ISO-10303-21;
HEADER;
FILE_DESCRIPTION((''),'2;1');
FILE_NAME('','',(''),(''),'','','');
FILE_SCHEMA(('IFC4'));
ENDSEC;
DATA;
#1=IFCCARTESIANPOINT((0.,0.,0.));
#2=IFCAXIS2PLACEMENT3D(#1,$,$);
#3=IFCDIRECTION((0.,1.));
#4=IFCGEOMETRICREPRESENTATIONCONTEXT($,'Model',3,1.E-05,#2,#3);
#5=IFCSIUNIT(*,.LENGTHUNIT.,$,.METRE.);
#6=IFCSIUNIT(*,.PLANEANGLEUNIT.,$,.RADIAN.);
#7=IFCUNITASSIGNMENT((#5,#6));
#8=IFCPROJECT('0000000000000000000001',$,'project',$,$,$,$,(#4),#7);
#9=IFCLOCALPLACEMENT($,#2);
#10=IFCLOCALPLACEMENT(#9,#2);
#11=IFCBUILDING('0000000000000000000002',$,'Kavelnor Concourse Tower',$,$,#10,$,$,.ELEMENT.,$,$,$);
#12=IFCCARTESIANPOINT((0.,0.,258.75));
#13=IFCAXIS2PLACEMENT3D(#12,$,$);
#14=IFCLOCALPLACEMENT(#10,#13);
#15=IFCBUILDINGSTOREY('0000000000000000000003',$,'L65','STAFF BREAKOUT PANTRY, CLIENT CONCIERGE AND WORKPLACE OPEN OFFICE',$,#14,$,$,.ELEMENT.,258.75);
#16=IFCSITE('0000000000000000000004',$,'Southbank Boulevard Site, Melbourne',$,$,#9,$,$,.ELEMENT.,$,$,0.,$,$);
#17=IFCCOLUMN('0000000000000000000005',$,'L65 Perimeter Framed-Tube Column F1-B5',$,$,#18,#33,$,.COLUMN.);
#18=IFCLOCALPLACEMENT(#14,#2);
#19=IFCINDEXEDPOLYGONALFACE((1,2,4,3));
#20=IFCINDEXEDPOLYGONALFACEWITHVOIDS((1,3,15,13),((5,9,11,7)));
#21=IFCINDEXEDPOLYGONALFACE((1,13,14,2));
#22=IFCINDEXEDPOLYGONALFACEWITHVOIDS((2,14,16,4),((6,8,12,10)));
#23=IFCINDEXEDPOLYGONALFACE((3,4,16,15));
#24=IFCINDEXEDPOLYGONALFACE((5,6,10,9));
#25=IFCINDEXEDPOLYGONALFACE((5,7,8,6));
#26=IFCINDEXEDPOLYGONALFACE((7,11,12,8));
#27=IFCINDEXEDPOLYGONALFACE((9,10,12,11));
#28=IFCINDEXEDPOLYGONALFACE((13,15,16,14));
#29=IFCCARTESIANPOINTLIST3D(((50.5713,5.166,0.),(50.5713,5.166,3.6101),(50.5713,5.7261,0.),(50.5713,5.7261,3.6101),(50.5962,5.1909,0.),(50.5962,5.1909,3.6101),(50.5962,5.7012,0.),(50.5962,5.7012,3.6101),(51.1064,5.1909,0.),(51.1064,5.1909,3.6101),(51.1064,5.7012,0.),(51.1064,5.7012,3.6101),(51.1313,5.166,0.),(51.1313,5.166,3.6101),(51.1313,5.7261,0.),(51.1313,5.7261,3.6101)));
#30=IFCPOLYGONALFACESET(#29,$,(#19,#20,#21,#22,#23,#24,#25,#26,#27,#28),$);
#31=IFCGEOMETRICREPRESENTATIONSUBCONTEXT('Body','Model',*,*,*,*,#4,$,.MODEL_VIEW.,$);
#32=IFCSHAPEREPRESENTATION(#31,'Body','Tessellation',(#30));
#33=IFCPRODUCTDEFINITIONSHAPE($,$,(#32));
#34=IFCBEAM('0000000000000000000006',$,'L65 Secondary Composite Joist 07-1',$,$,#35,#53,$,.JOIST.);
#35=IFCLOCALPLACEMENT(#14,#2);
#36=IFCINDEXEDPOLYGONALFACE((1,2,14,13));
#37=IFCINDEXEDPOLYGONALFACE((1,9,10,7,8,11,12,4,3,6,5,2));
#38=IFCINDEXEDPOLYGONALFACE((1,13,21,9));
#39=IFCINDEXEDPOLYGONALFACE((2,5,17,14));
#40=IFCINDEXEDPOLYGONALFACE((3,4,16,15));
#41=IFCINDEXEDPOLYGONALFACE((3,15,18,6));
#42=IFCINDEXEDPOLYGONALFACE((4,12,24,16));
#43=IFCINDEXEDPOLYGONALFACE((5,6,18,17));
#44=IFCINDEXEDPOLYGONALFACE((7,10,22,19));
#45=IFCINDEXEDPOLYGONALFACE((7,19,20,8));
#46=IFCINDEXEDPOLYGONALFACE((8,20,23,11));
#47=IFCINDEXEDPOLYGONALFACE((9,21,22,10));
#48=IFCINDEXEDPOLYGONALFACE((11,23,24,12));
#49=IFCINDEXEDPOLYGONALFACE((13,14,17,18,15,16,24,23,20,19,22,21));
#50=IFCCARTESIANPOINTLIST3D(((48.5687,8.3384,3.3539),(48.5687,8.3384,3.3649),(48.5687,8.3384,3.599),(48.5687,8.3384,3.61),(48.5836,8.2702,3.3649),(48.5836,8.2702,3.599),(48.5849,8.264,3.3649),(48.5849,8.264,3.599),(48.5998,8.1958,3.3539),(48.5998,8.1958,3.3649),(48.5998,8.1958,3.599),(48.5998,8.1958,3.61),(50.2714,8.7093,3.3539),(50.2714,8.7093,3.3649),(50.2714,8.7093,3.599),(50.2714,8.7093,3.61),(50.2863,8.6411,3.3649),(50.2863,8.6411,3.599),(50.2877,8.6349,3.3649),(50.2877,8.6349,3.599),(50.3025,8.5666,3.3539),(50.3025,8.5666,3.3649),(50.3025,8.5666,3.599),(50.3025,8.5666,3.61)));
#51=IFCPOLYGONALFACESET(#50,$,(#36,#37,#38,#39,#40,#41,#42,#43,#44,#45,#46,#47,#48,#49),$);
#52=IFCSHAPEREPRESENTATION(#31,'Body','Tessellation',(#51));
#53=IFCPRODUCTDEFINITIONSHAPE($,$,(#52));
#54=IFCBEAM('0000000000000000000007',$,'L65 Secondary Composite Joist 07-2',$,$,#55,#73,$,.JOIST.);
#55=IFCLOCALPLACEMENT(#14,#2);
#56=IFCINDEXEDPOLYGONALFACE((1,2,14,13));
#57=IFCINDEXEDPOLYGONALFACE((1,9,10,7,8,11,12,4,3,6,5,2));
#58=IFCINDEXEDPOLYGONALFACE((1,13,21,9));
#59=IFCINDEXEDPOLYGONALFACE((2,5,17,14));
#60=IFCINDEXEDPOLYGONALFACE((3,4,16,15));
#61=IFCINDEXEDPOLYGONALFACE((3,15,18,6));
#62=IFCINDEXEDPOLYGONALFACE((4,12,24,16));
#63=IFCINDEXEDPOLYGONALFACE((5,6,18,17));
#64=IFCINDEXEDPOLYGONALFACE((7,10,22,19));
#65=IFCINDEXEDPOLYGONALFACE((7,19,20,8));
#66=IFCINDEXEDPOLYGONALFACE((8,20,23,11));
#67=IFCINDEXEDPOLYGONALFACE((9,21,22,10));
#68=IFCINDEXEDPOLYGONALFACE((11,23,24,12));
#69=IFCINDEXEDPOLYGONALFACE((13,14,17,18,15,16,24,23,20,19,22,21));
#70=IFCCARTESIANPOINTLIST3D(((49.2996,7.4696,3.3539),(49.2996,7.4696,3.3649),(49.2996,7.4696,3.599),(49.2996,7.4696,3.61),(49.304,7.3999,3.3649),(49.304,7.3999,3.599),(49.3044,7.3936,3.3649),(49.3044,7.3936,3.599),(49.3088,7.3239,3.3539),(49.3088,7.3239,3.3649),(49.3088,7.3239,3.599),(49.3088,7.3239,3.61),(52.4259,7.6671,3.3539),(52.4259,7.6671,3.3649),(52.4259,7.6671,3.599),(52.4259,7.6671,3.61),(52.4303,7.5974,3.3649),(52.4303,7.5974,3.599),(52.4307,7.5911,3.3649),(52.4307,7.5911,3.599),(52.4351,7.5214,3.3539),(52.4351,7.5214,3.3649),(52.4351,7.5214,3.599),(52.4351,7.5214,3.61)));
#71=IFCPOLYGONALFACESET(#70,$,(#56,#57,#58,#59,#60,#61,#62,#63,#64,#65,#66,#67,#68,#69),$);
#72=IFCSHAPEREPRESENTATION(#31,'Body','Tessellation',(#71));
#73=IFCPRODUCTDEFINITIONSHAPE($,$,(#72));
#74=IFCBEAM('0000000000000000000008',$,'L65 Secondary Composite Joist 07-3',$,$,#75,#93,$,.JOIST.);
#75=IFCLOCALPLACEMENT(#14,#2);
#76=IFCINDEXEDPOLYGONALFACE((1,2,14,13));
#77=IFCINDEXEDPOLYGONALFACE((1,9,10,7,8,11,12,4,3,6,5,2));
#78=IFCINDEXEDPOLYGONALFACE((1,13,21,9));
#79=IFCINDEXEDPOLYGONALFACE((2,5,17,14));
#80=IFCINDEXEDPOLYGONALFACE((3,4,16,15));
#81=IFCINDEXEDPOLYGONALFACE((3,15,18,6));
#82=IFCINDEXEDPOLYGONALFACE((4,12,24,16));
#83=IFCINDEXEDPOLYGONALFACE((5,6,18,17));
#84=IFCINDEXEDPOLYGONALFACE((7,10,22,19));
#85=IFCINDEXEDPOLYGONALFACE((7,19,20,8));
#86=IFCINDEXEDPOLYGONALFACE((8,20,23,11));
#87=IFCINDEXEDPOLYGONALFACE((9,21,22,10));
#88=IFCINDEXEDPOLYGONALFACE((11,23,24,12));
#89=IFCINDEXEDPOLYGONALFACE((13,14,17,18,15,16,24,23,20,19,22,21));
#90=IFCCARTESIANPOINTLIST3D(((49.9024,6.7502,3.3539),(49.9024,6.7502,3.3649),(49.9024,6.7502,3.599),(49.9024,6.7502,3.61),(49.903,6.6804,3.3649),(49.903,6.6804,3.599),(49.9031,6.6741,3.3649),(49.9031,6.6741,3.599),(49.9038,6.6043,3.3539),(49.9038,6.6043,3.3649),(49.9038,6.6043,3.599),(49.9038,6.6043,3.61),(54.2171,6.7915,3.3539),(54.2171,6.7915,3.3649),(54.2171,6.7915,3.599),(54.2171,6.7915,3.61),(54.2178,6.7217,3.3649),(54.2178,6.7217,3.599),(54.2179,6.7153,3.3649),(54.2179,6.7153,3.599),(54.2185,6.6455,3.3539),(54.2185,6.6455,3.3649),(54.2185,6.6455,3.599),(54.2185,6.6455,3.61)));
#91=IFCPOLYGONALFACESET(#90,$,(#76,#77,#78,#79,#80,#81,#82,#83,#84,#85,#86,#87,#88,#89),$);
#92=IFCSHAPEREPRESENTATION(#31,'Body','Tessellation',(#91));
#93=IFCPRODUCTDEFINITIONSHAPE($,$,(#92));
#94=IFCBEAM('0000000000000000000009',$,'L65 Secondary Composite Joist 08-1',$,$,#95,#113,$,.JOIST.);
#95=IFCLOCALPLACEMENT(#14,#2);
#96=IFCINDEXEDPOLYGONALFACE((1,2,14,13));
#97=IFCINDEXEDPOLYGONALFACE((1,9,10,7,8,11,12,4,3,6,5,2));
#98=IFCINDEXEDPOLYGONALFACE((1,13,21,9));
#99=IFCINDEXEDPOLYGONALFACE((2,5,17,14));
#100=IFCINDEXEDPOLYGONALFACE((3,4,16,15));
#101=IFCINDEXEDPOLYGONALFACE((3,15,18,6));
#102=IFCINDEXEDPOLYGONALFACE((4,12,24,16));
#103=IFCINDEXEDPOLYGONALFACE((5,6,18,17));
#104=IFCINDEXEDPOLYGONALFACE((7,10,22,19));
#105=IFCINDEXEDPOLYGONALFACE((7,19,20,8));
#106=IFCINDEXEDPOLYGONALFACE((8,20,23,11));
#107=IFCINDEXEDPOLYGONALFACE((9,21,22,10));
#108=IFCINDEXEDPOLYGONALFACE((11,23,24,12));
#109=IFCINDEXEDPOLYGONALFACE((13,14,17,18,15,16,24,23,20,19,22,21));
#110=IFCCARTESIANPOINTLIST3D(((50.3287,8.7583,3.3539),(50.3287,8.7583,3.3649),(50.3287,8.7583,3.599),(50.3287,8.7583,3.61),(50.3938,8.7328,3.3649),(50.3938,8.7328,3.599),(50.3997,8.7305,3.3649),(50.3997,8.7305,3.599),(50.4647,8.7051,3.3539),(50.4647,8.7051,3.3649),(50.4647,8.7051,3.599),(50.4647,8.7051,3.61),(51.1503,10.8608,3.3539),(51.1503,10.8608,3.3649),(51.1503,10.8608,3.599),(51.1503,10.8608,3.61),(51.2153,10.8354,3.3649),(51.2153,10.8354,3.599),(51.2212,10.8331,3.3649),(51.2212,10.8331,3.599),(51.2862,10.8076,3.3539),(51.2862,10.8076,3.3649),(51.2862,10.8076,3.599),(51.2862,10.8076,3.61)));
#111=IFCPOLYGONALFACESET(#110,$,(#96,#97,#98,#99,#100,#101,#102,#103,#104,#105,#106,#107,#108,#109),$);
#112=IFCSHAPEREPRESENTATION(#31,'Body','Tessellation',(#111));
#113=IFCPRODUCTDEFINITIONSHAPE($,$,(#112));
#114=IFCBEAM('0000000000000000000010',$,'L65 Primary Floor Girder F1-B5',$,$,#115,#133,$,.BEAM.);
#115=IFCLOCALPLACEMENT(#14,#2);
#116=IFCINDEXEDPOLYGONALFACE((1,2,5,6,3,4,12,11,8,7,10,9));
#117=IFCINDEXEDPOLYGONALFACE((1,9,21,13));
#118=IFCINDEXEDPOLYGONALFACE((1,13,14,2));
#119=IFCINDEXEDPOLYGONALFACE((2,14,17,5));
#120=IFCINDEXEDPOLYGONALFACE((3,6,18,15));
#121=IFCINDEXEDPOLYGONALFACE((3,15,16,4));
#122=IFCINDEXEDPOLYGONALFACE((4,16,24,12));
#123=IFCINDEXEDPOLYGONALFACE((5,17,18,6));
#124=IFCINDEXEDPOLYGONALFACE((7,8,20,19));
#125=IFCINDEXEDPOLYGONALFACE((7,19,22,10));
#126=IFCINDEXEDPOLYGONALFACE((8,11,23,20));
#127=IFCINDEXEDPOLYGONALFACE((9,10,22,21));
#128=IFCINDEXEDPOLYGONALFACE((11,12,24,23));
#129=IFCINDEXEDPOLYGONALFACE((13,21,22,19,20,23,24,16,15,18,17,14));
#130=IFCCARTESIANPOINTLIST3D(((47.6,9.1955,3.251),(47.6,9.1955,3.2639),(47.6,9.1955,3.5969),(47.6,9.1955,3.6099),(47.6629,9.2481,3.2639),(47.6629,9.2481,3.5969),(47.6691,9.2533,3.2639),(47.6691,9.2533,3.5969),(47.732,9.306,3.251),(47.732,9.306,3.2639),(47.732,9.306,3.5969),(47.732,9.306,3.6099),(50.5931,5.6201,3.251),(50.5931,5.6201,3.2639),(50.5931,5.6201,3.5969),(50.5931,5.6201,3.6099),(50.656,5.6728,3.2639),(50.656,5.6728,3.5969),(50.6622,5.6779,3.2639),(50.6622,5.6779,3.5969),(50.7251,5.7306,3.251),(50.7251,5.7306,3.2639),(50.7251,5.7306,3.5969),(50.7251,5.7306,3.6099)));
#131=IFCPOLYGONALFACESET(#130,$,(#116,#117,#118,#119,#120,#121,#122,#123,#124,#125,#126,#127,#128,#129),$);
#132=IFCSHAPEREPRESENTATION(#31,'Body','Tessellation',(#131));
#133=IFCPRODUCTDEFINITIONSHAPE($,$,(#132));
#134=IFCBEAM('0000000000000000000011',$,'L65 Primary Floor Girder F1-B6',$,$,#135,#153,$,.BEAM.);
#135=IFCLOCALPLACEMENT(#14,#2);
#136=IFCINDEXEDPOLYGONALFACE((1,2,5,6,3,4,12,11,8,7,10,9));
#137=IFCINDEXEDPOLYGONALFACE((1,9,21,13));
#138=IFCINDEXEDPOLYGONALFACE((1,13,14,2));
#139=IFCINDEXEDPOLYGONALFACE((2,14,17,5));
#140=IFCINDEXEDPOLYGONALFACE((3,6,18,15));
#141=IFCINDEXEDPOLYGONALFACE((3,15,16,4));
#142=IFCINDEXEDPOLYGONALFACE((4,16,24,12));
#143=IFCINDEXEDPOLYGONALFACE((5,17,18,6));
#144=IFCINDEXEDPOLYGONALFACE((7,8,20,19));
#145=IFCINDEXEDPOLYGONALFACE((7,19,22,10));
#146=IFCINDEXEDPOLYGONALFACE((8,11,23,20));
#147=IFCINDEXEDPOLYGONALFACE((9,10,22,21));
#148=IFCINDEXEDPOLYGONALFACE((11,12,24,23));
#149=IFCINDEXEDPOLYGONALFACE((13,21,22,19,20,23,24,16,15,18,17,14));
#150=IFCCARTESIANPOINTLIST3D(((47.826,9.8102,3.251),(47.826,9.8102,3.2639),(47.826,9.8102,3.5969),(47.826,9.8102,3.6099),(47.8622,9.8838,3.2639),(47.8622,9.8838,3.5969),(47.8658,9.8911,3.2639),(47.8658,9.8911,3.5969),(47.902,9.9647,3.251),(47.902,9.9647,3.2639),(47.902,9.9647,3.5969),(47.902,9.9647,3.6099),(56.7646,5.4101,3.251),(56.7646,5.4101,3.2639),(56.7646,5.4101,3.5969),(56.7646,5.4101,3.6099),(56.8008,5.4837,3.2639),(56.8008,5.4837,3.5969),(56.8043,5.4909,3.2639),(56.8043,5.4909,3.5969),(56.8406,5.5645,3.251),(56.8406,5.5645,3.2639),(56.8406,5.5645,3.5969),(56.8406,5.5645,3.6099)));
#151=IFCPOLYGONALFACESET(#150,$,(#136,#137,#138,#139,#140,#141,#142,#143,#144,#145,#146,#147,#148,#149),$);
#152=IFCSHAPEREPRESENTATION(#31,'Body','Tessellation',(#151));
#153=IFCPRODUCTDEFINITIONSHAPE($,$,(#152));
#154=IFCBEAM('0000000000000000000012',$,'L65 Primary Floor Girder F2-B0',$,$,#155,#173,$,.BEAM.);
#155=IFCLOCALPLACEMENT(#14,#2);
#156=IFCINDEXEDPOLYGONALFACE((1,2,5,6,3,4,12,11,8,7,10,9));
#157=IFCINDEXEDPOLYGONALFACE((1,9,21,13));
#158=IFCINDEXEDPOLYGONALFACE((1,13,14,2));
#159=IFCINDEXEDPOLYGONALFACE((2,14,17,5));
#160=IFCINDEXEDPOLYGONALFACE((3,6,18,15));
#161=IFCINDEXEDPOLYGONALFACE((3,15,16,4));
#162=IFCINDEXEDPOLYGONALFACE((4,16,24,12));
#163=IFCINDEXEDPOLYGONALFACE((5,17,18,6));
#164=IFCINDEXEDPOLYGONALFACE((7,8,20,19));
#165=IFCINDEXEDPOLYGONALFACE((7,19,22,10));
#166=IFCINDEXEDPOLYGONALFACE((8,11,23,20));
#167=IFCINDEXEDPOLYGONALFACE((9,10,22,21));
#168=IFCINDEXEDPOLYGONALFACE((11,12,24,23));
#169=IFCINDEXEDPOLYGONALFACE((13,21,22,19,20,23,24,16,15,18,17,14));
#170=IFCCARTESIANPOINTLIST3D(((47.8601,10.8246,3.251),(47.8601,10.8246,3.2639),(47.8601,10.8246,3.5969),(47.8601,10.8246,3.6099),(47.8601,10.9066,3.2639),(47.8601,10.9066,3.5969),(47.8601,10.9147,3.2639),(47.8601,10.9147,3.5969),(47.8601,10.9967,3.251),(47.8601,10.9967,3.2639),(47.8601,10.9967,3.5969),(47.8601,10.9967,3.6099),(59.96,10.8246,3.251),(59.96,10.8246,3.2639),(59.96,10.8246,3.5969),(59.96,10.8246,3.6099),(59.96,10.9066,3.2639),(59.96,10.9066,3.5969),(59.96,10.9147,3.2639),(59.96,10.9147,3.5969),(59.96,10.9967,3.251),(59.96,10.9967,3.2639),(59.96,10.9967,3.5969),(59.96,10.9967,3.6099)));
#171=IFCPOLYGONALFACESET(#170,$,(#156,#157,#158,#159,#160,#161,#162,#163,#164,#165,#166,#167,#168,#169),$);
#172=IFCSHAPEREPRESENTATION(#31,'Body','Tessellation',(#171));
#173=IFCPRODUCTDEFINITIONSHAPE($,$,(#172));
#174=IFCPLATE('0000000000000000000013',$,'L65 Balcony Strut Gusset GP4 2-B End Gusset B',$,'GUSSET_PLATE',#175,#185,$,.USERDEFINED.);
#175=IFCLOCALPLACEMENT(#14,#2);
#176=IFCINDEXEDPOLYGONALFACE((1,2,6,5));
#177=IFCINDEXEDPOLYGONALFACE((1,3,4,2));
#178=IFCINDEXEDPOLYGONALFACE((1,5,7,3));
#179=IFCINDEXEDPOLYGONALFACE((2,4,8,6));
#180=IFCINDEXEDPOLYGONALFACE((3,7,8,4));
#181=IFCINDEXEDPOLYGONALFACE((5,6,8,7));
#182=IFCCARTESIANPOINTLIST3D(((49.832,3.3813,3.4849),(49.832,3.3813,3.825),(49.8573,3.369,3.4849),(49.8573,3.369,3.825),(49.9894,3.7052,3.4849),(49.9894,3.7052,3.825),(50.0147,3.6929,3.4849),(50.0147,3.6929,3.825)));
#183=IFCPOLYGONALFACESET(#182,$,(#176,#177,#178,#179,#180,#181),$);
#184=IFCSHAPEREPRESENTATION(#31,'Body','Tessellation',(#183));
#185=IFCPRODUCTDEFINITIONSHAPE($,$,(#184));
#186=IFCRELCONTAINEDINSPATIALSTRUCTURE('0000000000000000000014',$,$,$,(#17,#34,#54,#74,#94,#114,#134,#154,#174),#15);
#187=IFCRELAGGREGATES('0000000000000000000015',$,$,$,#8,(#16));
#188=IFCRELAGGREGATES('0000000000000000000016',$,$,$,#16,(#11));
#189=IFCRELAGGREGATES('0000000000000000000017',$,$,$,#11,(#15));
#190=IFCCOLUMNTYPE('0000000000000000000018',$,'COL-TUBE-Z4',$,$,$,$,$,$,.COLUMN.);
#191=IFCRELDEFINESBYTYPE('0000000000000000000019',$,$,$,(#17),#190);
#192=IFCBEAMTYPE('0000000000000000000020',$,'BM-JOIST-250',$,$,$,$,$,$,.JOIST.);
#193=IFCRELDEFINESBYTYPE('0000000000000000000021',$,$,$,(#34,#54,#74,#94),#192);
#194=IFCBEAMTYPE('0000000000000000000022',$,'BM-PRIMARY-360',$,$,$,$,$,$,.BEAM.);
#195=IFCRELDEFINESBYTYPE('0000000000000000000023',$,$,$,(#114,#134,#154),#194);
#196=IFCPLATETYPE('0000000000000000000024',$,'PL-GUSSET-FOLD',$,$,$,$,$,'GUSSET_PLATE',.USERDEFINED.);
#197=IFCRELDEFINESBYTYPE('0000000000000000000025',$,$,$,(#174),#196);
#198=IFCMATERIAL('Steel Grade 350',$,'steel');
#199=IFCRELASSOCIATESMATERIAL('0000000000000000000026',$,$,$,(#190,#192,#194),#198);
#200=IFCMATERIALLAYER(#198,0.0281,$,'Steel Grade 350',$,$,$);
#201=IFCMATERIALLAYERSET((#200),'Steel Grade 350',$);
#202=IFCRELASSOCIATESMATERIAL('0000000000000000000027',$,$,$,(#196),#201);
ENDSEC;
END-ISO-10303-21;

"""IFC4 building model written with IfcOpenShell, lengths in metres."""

from ifc_helpers import new_model, si_unit, direction, frame, origin, origin_2d, place, context, subcontext, project, spatial, rectangle, hollow_rectangle, i_section, extrude, material, layer, layer_set, material_profile, profile_set, type_object, element, save


model = new_model("IFC4")

# Units and contexts
model_context = context("Model", 3, precision=1e-05, world=origin(), true_north=direction((0.0, 1.0)))
body_context = subcontext(model_context, "Body", "Model", "MODEL_VIEW")
ifc_project = project(units=[si_unit("LENGTHUNIT", "METRE"), si_unit("PLANEANGLEUNIT", "RADIAN")], contexts=[model_context])

# Site, building, storey
site_placement = place(None, origin())
site = spatial("IfcSite", under=ifc_project, at=site_placement, Name="Southbank Boulevard Site, Melbourne", CompositionType="ELEMENT", RefElevation=0.0)
building_placement = place(site_placement, origin())
building = spatial("IfcBuilding", under=site, at=building_placement, Name="Kavelnor Concourse Tower", CompositionType="ELEMENT")
storey_placement = place(building_placement, frame((0.0, 0.0, 258.75)))
storey = spatial("IfcBuildingStorey", under=building, at=storey_placement, Name="L65", Description="STAFF BREAKOUT PANTRY, CLIENT CONCIERGE AND WORKPLACE OPEN OFFICE", CompositionType="ELEMENT", Elevation=258.75)

# Column
ifc_material_1 = material(Name="Steel Grade 350", Category="steel")
ifc_material_profile_1 = material_profile(ifc_material_1, hollow_rectangle(XDim=0.5601, YDim=0.5601, WallThickness=0.0249, at=origin_2d()), Name="SHS 560x560x25")
ifc_profile_set_1 = profile_set([ifc_material_profile_1], Name="Steel Grade 350")
column_type = type_object("IfcColumnType", Name="COL-TUBE-Z4", PredefinedType="COLUMN", material=ifc_profile_set_1)
column_placement = place(storey_placement, frame((50.8513, 5.446, 0.0), z_axis=(0.0, 0.0, 1.0), x_axis=(1.0, 0.0, 0.0)))
element("IfcColumn", 1, at=column_placement, inside=storey, type_object=column_type, Name="L65 Perimeter Framed-Tube Column F1-B5", PredefinedType="COLUMN", context=body_context, shape_type="SweptSolid", body=[
    extrude(hollow_rectangle(XDim=0.5601, YDim=0.5601, WallThickness=0.0249, at=origin_2d()), origin(), (0.0, 0.0, 1.0), 3.6101),
])

# Beams
ifc_material_profile_2 = material_profile(ifc_material_1, i_section(OverallWidth=0.146, OverallDepth=0.2561, WebThickness=0.0063, FlangeThickness=0.011, at=origin_2d()), Name="250UB37")
ifc_profile_set_2 = profile_set([ifc_material_profile_2], Name="Steel Grade 350")
beam_type_1 = type_object("IfcBeamType", Name="BM-JOIST-250", PredefinedType="JOIST", material=ifc_profile_set_2)
beam_1_placement = place(storey_placement, frame((48.5842, 8.2671, 3.4819), z_axis=(0.977092, 0.212819, 0.0), x_axis=(-0.212819, 0.977092, 0.0)))
element("IfcBeam", 2, at=beam_1_placement, inside=storey, type_object=beam_type_1, Name="L65 Secondary Composite Joist 07-1", PredefinedType="JOIST", context=body_context, shape_type="SweptSolid", body=[
    extrude(i_section(OverallWidth=0.146, OverallDepth=0.2561, WebThickness=0.0063, FlangeThickness=0.011, at=origin_2d()), origin(), (0.0, 0.0, 1.0), 1.7427),
])
beam_2_placement = place(storey_placement, frame((49.3042, 7.3967, 3.4819), z_axis=(0.99801, 0.063053, 0.0), x_axis=(-0.063053, 0.99801, 0.0)))
element("IfcBeam", 3, at=beam_2_placement, inside=storey, type_object=beam_type_1, Name="L65 Secondary Composite Joist 07-2", PredefinedType="JOIST", context=body_context, shape_type="SweptSolid", body=[
    extrude(i_section(OverallWidth=0.146, OverallDepth=0.2561, WebThickness=0.0063, FlangeThickness=0.011, at=origin_2d()), origin(), (0.0, 0.0, 1.0), 3.1326),
])
beam_3_placement = place(storey_placement, frame((49.9031, 6.6772, 3.4819), z_axis=(0.999954, 0.009562, 0.0), x_axis=(-0.009562, 0.999954, 0.0)))
element("IfcBeam", 4, at=beam_3_placement, inside=storey, type_object=beam_type_1, Name="L65 Secondary Composite Joist 07-3", PredefinedType="JOIST", context=body_context, shape_type="SweptSolid", body=[
    extrude(i_section(OverallWidth=0.146, OverallDepth=0.2561, WebThickness=0.0063, FlangeThickness=0.011, at=origin_2d()), origin(), (0.0, 0.0, 1.0), 4.3149),
])
beam_4_placement = place(storey_placement, frame((50.3967, 8.7317, 3.4819), z_axis=(0.363938, 0.931423, 0.0), x_axis=(-0.931423, 0.363938, 0.0)))
element("IfcBeam", 5, at=beam_4_placement, inside=storey, type_object=beam_type_1, Name="L65 Secondary Composite Joist 08-1", PredefinedType="JOIST", context=body_context, shape_type="SweptSolid", body=[
    extrude(i_section(OverallWidth=0.146, OverallDepth=0.2561, WebThickness=0.0063, FlangeThickness=0.011, at=origin_2d()), origin(), (0.0, 0.0, 1.0), 2.2573),
])
ifc_material_profile_3 = material_profile(ifc_material_1, i_section(OverallWidth=0.1721, OverallDepth=0.3589, WebThickness=0.0081, FlangeThickness=0.0129, at=origin_2d()), Name="360UB56")
ifc_profile_set_3 = profile_set([ifc_material_profile_3], Name="Steel Grade 350")
beam_type_2 = type_object("IfcBeamType", Name="BM-PRIMARY-360", PredefinedType="BEAM", material=ifc_profile_set_3)
beam_5_placement = place(storey_placement, frame((47.666, 9.2507, 3.4304), z_axis=(0.641908, -0.766782, 0.0), x_axis=(0.766782, 0.641908, 0.0)))
element("IfcBeam", 6, at=beam_5_placement, inside=storey, type_object=beam_type_2, Name="L65 Primary Floor Girder F1-B5", PredefinedType="BEAM", context=body_context, shape_type="SweptSolid", body=[
    extrude(i_section(OverallWidth=0.1721, OverallDepth=0.3589, WebThickness=0.0081, FlangeThickness=0.0129, at=origin_2d()), origin(), (0.0, 0.0, 1.0), 4.6628),
])
beam_6_placement = place(storey_placement, frame((47.864, 9.8875, 3.4304), z_axis=(0.897184, -0.441657, 0.0), x_axis=(0.441657, 0.897184, 0.0)))
element("IfcBeam", 7, at=beam_6_placement, inside=storey, type_object=beam_type_2, Name="L65 Primary Floor Girder F1-B6", PredefinedType="BEAM", context=body_context, shape_type="SweptSolid", body=[
    extrude(i_section(OverallWidth=0.1721, OverallDepth=0.3589, WebThickness=0.0081, FlangeThickness=0.0129, at=origin_2d()), origin(), (0.0, 0.0, 1.0), 9.9629),
])
beam_7_placement = place(storey_placement, frame((47.8601, 10.9106, 3.4304), z_axis=(1.0, 0.0, 0.0), x_axis=(0.0, 1.0, 0.0)))
element("IfcBeam", 8, at=beam_7_placement, inside=storey, type_object=beam_type_2, Name="L65 Primary Floor Girder F2-B0", PredefinedType="BEAM", context=body_context, shape_type="SweptSolid", body=[
    extrude(i_section(OverallWidth=0.1721, OverallDepth=0.3589, WebThickness=0.0081, FlangeThickness=0.0129, at=origin_2d()), origin(), (0.0, 0.0, 1.0), 12.0999),
])

# Plate
ifc_layer_1 = layer(ifc_material_1, 0.0281, Name="Steel Grade 350")
ifc_layer_set_1 = layer_set([ifc_layer_1], Name="Steel Grade 350")
plate_type = type_object("IfcPlateType", Name="PL-GUSSET-FOLD", ElementType="GUSSET_PLATE", PredefinedType="USERDEFINED", material=ifc_layer_set_1)
plate_placement = place(storey_placement, frame((49.9233, 3.5371, 3.4849), z_axis=(0.0, 0.0, 1.0), x_axis=(-0.437116, -0.899405, 0.0)))
element("IfcPlate", 9, at=plate_placement, inside=storey, type_object=plate_type, Name="L65 Balcony Strut Gusset GP4 2-B End Gusset B", ObjectType="GUSSET_PLATE", PredefinedType="USERDEFINED", context=body_context, shape_type="SweptSolid", body=[
    extrude(rectangle(XDim=0.3601, YDim=0.0281, at=origin_2d()), origin(), (0.0, 0.0, 1.0), 0.3401),
])

save(model, "model.ifc")
